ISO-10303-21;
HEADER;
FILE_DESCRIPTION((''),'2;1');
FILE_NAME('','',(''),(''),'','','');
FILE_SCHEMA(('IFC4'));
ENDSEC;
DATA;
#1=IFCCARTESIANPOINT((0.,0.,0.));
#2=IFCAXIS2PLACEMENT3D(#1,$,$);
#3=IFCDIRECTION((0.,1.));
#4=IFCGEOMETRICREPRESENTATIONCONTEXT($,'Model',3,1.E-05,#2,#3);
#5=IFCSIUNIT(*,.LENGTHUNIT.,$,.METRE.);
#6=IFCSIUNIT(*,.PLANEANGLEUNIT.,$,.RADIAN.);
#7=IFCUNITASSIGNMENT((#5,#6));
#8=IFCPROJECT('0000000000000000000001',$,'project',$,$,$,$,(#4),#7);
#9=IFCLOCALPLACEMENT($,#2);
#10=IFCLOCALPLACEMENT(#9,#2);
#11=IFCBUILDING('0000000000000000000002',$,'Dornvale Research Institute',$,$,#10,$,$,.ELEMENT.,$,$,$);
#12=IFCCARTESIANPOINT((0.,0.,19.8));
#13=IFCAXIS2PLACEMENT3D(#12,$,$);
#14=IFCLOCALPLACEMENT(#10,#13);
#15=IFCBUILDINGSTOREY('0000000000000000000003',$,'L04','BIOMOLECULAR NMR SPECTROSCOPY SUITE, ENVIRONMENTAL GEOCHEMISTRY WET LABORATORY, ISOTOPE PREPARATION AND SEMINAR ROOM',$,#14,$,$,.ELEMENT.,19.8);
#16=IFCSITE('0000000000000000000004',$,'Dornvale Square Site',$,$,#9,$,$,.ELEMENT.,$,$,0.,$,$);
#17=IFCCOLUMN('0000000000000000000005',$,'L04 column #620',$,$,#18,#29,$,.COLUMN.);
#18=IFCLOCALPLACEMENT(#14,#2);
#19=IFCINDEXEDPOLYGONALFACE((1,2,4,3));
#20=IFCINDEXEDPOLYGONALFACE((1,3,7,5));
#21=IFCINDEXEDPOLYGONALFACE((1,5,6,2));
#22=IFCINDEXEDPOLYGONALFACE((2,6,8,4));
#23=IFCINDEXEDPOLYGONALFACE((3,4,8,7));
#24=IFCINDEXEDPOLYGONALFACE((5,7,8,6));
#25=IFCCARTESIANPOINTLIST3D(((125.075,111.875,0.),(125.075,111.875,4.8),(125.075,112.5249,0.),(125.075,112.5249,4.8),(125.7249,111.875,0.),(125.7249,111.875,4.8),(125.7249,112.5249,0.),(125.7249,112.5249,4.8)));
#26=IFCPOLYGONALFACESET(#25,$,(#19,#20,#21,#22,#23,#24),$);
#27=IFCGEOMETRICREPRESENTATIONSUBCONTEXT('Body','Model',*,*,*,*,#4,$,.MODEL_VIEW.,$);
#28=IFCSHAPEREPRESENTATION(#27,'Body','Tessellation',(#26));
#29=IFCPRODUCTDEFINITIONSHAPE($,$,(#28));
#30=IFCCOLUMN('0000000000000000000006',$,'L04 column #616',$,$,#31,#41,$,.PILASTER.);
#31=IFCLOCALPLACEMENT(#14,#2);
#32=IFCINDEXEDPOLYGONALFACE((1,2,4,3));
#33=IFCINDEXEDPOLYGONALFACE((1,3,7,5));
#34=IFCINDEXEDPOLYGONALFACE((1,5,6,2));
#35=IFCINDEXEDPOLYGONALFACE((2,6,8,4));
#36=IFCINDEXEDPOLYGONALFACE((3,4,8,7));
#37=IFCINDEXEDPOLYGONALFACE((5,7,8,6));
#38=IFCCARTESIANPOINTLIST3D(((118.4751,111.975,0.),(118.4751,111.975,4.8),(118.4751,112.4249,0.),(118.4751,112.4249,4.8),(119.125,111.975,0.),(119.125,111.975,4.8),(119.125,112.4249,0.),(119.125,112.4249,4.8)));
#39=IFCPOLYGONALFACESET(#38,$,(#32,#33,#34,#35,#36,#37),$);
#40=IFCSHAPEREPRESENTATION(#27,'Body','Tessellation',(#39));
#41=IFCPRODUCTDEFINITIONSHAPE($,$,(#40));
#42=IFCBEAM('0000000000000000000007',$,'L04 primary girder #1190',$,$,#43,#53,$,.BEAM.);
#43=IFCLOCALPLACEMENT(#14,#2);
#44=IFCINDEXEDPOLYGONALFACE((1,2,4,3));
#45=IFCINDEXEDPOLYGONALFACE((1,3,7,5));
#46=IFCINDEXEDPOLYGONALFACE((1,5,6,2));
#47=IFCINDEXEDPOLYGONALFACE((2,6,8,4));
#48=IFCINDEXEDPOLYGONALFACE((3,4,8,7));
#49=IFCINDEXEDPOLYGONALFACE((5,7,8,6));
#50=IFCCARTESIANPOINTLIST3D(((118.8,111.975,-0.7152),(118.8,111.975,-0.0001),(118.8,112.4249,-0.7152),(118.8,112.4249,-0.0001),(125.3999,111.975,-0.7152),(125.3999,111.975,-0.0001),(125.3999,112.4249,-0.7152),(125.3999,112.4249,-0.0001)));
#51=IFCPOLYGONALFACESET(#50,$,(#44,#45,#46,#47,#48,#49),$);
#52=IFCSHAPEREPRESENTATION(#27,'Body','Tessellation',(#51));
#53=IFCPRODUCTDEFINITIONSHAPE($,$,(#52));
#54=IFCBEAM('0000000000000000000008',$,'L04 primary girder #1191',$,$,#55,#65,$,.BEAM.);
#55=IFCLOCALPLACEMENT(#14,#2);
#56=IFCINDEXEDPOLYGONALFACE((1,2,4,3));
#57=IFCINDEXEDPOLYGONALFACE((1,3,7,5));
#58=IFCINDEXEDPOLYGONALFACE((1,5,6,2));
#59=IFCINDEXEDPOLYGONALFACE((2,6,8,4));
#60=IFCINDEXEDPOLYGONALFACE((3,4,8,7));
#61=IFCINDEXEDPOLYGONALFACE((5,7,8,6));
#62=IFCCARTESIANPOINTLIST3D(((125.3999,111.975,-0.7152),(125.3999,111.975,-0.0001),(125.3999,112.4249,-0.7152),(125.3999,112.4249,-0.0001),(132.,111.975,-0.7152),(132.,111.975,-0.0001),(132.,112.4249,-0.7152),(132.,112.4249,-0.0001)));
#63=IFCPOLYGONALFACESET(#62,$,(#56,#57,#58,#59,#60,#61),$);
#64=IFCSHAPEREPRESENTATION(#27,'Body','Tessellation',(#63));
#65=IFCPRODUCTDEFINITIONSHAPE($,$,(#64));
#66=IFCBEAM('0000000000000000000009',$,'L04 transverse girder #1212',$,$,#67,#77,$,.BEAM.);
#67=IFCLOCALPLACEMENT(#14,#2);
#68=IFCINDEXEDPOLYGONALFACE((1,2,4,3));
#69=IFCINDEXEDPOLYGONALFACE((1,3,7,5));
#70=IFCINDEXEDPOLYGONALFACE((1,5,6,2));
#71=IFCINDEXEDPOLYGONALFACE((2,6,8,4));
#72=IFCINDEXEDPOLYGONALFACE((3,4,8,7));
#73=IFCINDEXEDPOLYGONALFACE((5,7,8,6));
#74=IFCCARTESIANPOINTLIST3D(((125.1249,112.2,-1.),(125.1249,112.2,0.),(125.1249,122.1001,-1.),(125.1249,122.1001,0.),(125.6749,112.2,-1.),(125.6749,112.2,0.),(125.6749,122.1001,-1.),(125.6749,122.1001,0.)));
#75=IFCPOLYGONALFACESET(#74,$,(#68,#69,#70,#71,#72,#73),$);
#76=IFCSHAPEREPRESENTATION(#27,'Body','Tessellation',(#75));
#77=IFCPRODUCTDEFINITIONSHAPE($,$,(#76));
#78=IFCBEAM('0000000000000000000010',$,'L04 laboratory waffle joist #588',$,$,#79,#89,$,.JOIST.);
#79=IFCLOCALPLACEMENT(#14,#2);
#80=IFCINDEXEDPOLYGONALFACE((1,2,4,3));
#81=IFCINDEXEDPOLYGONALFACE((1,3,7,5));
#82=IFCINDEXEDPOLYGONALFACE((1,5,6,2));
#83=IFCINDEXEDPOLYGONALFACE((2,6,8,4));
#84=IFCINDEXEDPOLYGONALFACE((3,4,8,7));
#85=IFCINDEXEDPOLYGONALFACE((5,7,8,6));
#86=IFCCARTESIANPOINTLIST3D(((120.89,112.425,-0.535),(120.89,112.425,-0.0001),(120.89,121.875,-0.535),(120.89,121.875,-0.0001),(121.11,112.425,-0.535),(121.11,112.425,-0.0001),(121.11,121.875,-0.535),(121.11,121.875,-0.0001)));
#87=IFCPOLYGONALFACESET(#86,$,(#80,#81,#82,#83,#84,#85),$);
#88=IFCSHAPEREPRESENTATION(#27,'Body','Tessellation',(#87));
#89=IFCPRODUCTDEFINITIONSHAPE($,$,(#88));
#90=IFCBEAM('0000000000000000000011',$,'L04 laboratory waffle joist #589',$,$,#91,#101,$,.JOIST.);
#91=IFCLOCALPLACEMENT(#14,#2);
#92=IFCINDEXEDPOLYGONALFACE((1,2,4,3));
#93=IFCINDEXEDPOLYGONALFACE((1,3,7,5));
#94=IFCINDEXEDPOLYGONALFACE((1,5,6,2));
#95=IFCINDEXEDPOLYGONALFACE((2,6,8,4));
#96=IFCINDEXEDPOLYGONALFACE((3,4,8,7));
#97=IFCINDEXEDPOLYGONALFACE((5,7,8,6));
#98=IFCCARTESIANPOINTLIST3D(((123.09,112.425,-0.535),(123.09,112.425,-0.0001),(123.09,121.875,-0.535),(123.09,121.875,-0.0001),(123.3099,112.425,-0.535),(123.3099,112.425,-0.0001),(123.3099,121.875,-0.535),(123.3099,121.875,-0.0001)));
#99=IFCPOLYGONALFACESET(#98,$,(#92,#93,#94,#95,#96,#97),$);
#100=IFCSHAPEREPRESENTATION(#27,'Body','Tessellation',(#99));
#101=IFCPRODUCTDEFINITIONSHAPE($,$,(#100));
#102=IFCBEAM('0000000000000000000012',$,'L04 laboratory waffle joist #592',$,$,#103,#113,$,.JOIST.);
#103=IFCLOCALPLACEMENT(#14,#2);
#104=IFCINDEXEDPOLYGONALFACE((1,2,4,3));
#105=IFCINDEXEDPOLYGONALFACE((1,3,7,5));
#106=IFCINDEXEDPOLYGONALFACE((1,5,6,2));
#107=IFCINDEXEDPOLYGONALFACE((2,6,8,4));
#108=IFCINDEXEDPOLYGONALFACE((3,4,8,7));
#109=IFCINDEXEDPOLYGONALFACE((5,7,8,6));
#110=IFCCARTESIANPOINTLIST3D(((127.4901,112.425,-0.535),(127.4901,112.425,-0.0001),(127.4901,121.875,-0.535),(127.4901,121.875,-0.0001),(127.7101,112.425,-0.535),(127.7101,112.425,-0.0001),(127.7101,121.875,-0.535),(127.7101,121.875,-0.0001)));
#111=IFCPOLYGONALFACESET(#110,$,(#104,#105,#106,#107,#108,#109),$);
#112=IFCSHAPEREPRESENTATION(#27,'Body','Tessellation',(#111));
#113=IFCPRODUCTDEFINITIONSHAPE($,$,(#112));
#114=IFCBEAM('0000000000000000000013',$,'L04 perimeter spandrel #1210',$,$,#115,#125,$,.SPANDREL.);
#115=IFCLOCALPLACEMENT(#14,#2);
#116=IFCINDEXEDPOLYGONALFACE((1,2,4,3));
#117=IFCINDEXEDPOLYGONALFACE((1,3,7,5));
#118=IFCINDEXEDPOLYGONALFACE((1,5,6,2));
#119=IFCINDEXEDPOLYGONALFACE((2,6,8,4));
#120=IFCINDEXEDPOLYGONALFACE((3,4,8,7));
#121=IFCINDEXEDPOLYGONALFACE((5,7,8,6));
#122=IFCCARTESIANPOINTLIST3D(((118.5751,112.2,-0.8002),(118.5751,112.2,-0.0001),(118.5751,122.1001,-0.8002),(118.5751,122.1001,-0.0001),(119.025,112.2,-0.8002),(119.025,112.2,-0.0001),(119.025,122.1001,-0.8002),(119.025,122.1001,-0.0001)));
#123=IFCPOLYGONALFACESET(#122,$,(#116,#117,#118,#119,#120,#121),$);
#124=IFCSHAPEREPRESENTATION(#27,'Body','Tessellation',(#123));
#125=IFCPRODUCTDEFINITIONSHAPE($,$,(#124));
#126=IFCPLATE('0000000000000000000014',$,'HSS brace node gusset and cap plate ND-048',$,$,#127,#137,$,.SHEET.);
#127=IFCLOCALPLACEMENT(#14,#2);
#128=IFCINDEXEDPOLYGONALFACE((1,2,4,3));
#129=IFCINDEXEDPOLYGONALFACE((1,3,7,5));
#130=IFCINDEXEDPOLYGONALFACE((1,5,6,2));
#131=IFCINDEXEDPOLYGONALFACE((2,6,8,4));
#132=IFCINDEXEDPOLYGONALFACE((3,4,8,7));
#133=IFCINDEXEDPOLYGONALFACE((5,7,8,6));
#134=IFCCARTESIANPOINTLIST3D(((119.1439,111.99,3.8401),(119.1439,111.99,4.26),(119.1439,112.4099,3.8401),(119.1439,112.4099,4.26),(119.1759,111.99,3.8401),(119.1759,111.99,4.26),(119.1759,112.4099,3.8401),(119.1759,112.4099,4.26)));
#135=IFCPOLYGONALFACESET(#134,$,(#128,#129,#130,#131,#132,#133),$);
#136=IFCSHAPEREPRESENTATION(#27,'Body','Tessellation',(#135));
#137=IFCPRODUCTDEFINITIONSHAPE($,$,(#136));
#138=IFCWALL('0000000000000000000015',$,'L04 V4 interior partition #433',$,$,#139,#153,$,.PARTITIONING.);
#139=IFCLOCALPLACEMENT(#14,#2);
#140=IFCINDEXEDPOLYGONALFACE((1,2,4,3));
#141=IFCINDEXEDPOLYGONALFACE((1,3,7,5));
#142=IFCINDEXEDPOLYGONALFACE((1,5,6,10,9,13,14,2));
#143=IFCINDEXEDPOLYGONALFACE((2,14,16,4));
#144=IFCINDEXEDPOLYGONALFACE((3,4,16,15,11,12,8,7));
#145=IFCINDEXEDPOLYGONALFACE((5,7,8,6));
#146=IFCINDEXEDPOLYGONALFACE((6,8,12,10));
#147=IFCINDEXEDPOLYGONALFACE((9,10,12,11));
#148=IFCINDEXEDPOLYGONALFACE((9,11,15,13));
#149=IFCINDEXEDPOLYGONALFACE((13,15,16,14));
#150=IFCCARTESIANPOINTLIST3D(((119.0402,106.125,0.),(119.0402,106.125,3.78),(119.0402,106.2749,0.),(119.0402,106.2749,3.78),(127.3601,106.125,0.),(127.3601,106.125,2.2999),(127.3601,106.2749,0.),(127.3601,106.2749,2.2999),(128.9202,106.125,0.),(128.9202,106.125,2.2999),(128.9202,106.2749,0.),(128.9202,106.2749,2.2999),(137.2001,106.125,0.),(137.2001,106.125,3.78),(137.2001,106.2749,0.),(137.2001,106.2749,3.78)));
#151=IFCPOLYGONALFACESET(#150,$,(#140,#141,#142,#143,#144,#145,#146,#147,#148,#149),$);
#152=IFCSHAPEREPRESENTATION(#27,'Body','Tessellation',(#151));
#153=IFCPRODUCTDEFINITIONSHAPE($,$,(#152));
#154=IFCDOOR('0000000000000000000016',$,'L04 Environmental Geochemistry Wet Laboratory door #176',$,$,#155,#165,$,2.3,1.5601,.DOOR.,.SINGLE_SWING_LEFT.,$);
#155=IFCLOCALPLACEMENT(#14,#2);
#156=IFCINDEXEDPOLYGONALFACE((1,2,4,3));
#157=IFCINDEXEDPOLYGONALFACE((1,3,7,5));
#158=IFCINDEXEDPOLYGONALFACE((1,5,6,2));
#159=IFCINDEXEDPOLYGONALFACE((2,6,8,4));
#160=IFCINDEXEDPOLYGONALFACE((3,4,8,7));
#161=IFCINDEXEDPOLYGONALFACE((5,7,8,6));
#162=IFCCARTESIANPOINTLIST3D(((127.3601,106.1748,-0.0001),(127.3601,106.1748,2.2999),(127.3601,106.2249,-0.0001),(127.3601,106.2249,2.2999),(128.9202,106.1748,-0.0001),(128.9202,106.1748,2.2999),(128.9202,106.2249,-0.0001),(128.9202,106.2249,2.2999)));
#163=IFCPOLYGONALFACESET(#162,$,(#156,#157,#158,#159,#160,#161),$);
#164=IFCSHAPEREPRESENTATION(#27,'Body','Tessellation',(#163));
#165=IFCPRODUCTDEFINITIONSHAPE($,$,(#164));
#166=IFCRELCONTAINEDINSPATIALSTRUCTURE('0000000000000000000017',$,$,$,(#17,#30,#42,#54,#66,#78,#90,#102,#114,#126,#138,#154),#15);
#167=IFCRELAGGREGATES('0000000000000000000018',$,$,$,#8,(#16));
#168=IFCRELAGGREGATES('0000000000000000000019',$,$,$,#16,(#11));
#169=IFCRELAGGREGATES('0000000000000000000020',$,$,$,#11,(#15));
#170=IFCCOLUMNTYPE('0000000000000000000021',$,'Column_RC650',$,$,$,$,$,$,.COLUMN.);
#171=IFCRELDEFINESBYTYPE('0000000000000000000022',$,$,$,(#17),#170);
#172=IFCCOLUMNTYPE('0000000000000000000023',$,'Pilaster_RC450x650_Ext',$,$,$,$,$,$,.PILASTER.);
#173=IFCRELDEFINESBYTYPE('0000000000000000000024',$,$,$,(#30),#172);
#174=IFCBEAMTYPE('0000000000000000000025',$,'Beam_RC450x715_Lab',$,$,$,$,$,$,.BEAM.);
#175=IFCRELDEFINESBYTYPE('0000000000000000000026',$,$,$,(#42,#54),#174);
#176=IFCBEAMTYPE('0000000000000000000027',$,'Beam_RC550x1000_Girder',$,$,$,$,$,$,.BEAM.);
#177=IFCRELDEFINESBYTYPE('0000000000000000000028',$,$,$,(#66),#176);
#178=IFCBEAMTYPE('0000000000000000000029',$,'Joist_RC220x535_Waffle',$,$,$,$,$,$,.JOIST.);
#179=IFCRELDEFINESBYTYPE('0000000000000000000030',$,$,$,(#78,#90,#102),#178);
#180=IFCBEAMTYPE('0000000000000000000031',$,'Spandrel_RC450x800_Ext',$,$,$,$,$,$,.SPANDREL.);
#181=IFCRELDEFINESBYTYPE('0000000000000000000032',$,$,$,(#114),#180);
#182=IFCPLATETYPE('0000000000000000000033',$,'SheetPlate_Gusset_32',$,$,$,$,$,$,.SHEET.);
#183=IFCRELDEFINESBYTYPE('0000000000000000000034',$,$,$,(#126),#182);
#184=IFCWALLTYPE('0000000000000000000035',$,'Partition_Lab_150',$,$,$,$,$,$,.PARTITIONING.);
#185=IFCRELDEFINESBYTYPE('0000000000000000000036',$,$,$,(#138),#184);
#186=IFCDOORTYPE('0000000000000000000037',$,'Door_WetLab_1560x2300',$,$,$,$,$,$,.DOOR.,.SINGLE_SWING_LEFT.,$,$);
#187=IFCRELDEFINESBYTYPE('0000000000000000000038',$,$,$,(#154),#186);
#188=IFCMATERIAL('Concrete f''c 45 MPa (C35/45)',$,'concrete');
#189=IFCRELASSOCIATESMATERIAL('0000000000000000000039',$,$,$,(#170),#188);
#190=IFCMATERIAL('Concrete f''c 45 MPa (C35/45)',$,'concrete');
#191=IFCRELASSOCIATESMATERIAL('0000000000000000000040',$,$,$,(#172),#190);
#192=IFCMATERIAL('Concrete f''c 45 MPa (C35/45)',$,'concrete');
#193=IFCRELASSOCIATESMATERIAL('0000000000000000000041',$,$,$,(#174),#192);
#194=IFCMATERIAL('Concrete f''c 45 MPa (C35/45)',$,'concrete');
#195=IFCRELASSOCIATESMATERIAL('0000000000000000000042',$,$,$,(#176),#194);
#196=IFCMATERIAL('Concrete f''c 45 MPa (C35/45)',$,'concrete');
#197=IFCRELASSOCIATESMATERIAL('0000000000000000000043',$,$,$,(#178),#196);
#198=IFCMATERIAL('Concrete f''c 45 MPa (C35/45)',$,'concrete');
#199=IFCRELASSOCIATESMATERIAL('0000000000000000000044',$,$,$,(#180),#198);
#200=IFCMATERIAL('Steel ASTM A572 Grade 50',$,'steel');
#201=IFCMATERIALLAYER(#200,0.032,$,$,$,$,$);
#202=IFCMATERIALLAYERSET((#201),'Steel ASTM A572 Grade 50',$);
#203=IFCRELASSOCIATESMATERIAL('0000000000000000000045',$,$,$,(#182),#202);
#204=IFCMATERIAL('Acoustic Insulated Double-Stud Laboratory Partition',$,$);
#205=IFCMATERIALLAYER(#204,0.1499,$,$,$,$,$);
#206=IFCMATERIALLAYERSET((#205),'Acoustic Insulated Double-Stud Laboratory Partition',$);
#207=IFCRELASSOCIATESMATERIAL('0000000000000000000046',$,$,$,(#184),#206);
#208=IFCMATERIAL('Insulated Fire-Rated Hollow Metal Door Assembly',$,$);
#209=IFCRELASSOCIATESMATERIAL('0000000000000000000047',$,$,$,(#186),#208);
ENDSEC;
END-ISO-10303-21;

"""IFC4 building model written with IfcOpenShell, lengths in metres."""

from ifc_helpers import new_model, si_unit, direction, frame, frame_2d, origin, origin_2d, place, context, subcontext, project, spatial, rectangle, extrude, material, layer, layer_set, material_profile, profile_set, type_object, element, fill, save


model = new_model("IFC4")

# Units and contexts
model_context = context("Model", 3, precision=1e-05, world=origin(), true_north=direction((0.0, 1.0)))
body_context = subcontext(model_context, "Body", "Model", "MODEL_VIEW")
ifc_project = project(units=[si_unit("LENGTHUNIT", "METRE"), si_unit("PLANEANGLEUNIT", "RADIAN")], contexts=[model_context])

# Site, building, storey
site_placement = place(None, origin())
site = spatial("IfcSite", under=ifc_project, at=site_placement, Name="Dornvale Square Site", CompositionType="ELEMENT", RefElevation=0.0)
building_placement = place(site_placement, origin())
building = spatial("IfcBuilding", under=site, at=building_placement, Name="Dornvale Research Institute", CompositionType="ELEMENT")
storey_placement = place(building_placement, frame((0.0, 0.0, 19.8)))
storey = spatial("IfcBuildingStorey", under=building, at=storey_placement, Name="L04", Description="BIOMOLECULAR NMR SPECTROSCOPY SUITE, ENVIRONMENTAL GEOCHEMISTRY WET LABORATORY, ISOTOPE PREPARATION AND SEMINAR ROOM", CompositionType="ELEMENT", Elevation=19.8)

# Columns
ifc_material_1 = material(Name="Concrete f'c 45 MPa (C35/45)", Category="concrete")
ifc_material_profile_1 = material_profile(ifc_material_1, rectangle(XDim=0.6499, YDim=0.6499, at=origin_2d()), Name="RC 650x650")
ifc_profile_set_1 = profile_set([ifc_material_profile_1], Name="Concrete f'c 45 MPa (C35/45)")
column_type_1 = type_object("IfcColumnType", Name="Column_RC650", PredefinedType="COLUMN", material=ifc_profile_set_1)
column_1_placement = place(storey_placement, frame((125.3999, 112.2, 0.0), z_axis=(0.0, 0.0, 1.0), x_axis=(1.0, 0.0, 0.0)))
element("IfcColumn", 1, at=column_1_placement, inside=storey, type_object=column_type_1, Name="L04 column #620", PredefinedType="COLUMN", context=body_context, shape_type="SweptSolid", body=[
    extrude(rectangle(XDim=0.6499, YDim=0.6499, at=origin_2d()), origin(), (0.0, 0.0, 1.0), 4.8),
])
ifc_material_2 = material(Name="Concrete f'c 45 MPa (C35/45)", Category="concrete")
ifc_material_profile_2 = material_profile(ifc_material_2, rectangle(XDim=0.45, YDim=0.6499, at=origin_2d()), Name="RC 450x650")
ifc_profile_set_2 = profile_set([ifc_material_profile_2], Name="Concrete f'c 45 MPa (C35/45)")
column_type_2 = type_object("IfcColumnType", Name="Pilaster_RC450x650_Ext", PredefinedType="PILASTER", material=ifc_profile_set_2)
column_2_placement = place(storey_placement, frame((118.8, 112.2, 0.0), z_axis=(0.0, 0.0, 1.0), x_axis=(0.0, 1.0, 0.0)))
element("IfcColumn", 2, at=column_2_placement, inside=storey, type_object=column_type_2, Name="L04 column #616", PredefinedType="PILASTER", context=body_context, shape_type="SweptSolid", body=[
    extrude(rectangle(XDim=0.45, YDim=0.6499, at=origin_2d()), origin(), (0.0, 0.0, 1.0), 4.8),
])

# Beams
ifc_material_3 = material(Name="Concrete f'c 45 MPa (C35/45)", Category="concrete")
ifc_material_profile_3 = material_profile(ifc_material_3, rectangle(XDim=0.45, YDim=0.7151, at=origin_2d()), Name="RC 450x715")
ifc_profile_set_3 = profile_set([ifc_material_profile_3], Name="Concrete f'c 45 MPa (C35/45)")
beam_type_1 = type_object("IfcBeamType", Name="Beam_RC450x715_Lab", PredefinedType="BEAM", material=ifc_profile_set_3)
beam_1_placement = place(storey_placement, frame((118.8, 112.2, -0.3577), z_axis=(1.0, 0.0, 0.0), x_axis=(0.0, 1.0, 0.0)))
element("IfcBeam", 3, at=beam_1_placement, inside=storey, type_object=beam_type_1, Name="L04 primary girder #1190", PredefinedType="BEAM", context=body_context, shape_type="SweptSolid", body=[
    extrude(rectangle(XDim=0.45, YDim=0.7151, at=origin_2d()), origin(), (0.0, 0.0, 1.0), 6.5999),
])
beam_2_placement = place(storey_placement, frame((125.3999, 112.2, -0.3577), z_axis=(1.0, 0.0, 0.0), x_axis=(0.0, 1.0, 0.0)))
element("IfcBeam", 4, at=beam_2_placement, inside=storey, type_object=beam_type_1, Name="L04 primary girder #1191", PredefinedType="BEAM", context=body_context, shape_type="SweptSolid", body=[
    extrude(rectangle(XDim=0.45, YDim=0.7151, at=origin_2d()), origin(), (0.0, 0.0, 1.0), 6.6001),
])
ifc_material_4 = material(Name="Concrete f'c 45 MPa (C35/45)", Category="concrete")
ifc_material_profile_4 = material_profile(ifc_material_4, rectangle(XDim=0.55, YDim=1.0, at=origin_2d()), Name="RC 550x1000")
ifc_profile_set_4 = profile_set([ifc_material_profile_4], Name="Concrete f'c 45 MPa (C35/45)")
beam_type_2 = type_object("IfcBeamType", Name="Beam_RC550x1000_Girder", PredefinedType="BEAM", material=ifc_profile_set_4)
beam_3_placement = place(storey_placement, frame((125.3999, 112.2, -0.5), z_axis=(0.0, 1.0, 0.0), x_axis=(-1.0, 0.0, 0.0)))
element("IfcBeam", 5, at=beam_3_placement, inside=storey, type_object=beam_type_2, Name="L04 transverse girder #1212", PredefinedType="BEAM", context=body_context, shape_type="SweptSolid", body=[
    extrude(rectangle(XDim=0.55, YDim=1.0, at=origin_2d()), origin(), (0.0, 0.0, 1.0), 9.9001),
])
ifc_material_5 = material(Name="Concrete f'c 45 MPa (C35/45)", Category="concrete")
ifc_material_profile_5 = material_profile(ifc_material_5, rectangle(XDim=0.22, YDim=0.5349, at=origin_2d()), Name="RC 220x535")
ifc_profile_set_5 = profile_set([ifc_material_profile_5], Name="Concrete f'c 45 MPa (C35/45)")
beam_type_3 = type_object("IfcBeamType", Name="Joist_RC220x535_Waffle", PredefinedType="JOIST", material=ifc_profile_set_5)
for number, where, z_axis, x_axis, name in (
    (6, (121.0, 112.425, -0.2676), (0.0, 1.0, 0.0), (-1.0, 0.0, 0.0), "L04 laboratory waffle joist #588"),
    (7, (123.2, 112.425, -0.2676), (0.0, 1.0, 0.0), (-1.0, 0.0, 0.0), "L04 laboratory waffle joist #589"),
    (8, (127.6001, 112.425, -0.2676), (0.0, 1.0, 0.0), (-1.0, 0.0, 0.0), "L04 laboratory waffle joist #592"),
):
    element("IfcBeam", number, at=place(storey_placement, frame(where, z_axis=z_axis, x_axis=x_axis)), inside=storey, type_object=beam_type_3, Name=name, PredefinedType="JOIST", context=body_context, shape_type="SweptSolid", body=[
        extrude(rectangle(XDim=0.22, YDim=0.5349, at=origin_2d()), origin(), (0.0, 0.0, 1.0), 9.45),
    ])
ifc_material_6 = material(Name="Concrete f'c 45 MPa (C35/45)", Category="concrete")
ifc_material_profile_6 = material_profile(ifc_material_6, rectangle(XDim=0.45, YDim=0.8, at=origin_2d()), Name="RC 450x800")
ifc_profile_set_6 = profile_set([ifc_material_profile_6], Name="Concrete f'c 45 MPa (C35/45)")
beam_type_4 = type_object("IfcBeamType", Name="Spandrel_RC450x800_Ext", PredefinedType="SPANDREL", material=ifc_profile_set_6)
beam_4_placement = place(storey_placement, frame((118.8, 112.2, -0.4001), z_axis=(0.0, 1.0, 0.0), x_axis=(-1.0, 0.0, 0.0)))
element("IfcBeam", 9, at=beam_4_placement, inside=storey, type_object=beam_type_4, Name="L04 perimeter spandrel #1210", PredefinedType="SPANDREL", context=body_context, shape_type="SweptSolid", body=[
    extrude(rectangle(XDim=0.45, YDim=0.8, at=origin_2d()), origin(), (0.0, 0.0, 1.0), 9.9001),
])

# Plate
ifc_material_7 = material(Name="Steel ASTM A572 Grade 50", Category="steel")
ifc_layer_1 = layer(ifc_material_7, 0.032)
ifc_layer_set_1 = layer_set([ifc_layer_1], Name="Steel ASTM A572 Grade 50")
plate_type = type_object("IfcPlateType", Name="SheetPlate_Gusset_32", PredefinedType="SHEET", material=ifc_layer_set_1)
plate_placement = place(storey_placement, frame((119.1599, 112.2, 3.8401), z_axis=(0.0, 0.0, 1.0), x_axis=(0.0, 1.0, 0.0)))
element("IfcPlate", 10, at=plate_placement, inside=storey, type_object=plate_type, Name="HSS brace node gusset and cap plate ND-048", PredefinedType="SHEET", context=body_context, shape_type="SweptSolid", body=[
    extrude(rectangle(XDim=0.4199, YDim=0.032, at=origin_2d()), origin(), (0.0, 0.0, 1.0), 0.4199),
])

# Wall, opening, door
ifc_material_8 = material(Name="Acoustic Insulated Double-Stud Laboratory Partition")
ifc_layer_2 = layer(ifc_material_8, 0.1499)
ifc_layer_set_2 = layer_set([ifc_layer_2], Name="Acoustic Insulated Double-Stud Laboratory Partition")
wall_type_1 = type_object("IfcWallType", Name="Partition_Lab_150", PredefinedType="PARTITIONING", material=ifc_layer_set_2)
wall_1_placement = place(storey_placement, frame((119.04, 106.2, 0.0), z_axis=(0.0, 0.0, 1.0), x_axis=(1.0, 0.0, 0.0)))
wall_1 = element("IfcWall", 11, at=wall_1_placement, inside=storey, type_object=wall_type_1, Name="L04 V4 interior partition #433", PredefinedType="PARTITIONING", context=body_context, shape_type="SweptSolid", body=[
    extrude(rectangle(XDim=18.1599, YDim=0.1499, at=frame_2d((9.0801, 0.0))), origin(), (0.0, 0.0, 1.0), 3.78),
])
opening_1_placement = place(wall_1_placement, frame((8.3201, 0.0, 0.0)))
opening_1 = element("IfcOpeningElement", 12, at=opening_1_placement, cuts=wall_1, PredefinedType="OPENING", context=body_context, shape_type="SweptSolid", body=[
    extrude(rectangle(XDim=1.5601, YDim=2.3, at=frame_2d((0.78, 1.1499))), frame((0.0, 0.0898, 0.0), z_axis=(0.0, -1.0, 0.0), x_axis=(1.0, 0.0, 0.0)), (0.0, 0.0, 1.0), 0.1799),
])
ifc_material_9 = material(Name="Insulated Fire-Rated Hollow Metal Door Assembly")
door_type_1 = type_object("IfcDoorType", Name="Door_WetLab_1560x2300", OperationType="SINGLE_SWING_LEFT", PredefinedType="DOOR", material=ifc_material_9)
door_1_placement = place(opening_1_placement, origin())
door_1 = element("IfcDoor", 13, at=door_1_placement, inside=storey, type_object=door_type_1, Name="L04 Environmental Geochemistry Wet Laboratory door #176", OperationType="SINGLE_SWING_LEFT", OverallHeight=2.3, OverallWidth=1.5601, PredefinedType="DOOR", context=body_context, shape_type="SweptSolid", body=[
    extrude(rectangle(XDim=1.5601, YDim=2.3, at=frame_2d((0.78, 1.1499))), frame((0.0, 0.0249, 0.0), z_axis=(0.0, -1.0, 0.0), x_axis=(1.0, 0.0, 0.0)), (0.0, 0.0, 1.0), 0.05),
])
fill(opening_1, door_1)

save(model, "model.ifc")
